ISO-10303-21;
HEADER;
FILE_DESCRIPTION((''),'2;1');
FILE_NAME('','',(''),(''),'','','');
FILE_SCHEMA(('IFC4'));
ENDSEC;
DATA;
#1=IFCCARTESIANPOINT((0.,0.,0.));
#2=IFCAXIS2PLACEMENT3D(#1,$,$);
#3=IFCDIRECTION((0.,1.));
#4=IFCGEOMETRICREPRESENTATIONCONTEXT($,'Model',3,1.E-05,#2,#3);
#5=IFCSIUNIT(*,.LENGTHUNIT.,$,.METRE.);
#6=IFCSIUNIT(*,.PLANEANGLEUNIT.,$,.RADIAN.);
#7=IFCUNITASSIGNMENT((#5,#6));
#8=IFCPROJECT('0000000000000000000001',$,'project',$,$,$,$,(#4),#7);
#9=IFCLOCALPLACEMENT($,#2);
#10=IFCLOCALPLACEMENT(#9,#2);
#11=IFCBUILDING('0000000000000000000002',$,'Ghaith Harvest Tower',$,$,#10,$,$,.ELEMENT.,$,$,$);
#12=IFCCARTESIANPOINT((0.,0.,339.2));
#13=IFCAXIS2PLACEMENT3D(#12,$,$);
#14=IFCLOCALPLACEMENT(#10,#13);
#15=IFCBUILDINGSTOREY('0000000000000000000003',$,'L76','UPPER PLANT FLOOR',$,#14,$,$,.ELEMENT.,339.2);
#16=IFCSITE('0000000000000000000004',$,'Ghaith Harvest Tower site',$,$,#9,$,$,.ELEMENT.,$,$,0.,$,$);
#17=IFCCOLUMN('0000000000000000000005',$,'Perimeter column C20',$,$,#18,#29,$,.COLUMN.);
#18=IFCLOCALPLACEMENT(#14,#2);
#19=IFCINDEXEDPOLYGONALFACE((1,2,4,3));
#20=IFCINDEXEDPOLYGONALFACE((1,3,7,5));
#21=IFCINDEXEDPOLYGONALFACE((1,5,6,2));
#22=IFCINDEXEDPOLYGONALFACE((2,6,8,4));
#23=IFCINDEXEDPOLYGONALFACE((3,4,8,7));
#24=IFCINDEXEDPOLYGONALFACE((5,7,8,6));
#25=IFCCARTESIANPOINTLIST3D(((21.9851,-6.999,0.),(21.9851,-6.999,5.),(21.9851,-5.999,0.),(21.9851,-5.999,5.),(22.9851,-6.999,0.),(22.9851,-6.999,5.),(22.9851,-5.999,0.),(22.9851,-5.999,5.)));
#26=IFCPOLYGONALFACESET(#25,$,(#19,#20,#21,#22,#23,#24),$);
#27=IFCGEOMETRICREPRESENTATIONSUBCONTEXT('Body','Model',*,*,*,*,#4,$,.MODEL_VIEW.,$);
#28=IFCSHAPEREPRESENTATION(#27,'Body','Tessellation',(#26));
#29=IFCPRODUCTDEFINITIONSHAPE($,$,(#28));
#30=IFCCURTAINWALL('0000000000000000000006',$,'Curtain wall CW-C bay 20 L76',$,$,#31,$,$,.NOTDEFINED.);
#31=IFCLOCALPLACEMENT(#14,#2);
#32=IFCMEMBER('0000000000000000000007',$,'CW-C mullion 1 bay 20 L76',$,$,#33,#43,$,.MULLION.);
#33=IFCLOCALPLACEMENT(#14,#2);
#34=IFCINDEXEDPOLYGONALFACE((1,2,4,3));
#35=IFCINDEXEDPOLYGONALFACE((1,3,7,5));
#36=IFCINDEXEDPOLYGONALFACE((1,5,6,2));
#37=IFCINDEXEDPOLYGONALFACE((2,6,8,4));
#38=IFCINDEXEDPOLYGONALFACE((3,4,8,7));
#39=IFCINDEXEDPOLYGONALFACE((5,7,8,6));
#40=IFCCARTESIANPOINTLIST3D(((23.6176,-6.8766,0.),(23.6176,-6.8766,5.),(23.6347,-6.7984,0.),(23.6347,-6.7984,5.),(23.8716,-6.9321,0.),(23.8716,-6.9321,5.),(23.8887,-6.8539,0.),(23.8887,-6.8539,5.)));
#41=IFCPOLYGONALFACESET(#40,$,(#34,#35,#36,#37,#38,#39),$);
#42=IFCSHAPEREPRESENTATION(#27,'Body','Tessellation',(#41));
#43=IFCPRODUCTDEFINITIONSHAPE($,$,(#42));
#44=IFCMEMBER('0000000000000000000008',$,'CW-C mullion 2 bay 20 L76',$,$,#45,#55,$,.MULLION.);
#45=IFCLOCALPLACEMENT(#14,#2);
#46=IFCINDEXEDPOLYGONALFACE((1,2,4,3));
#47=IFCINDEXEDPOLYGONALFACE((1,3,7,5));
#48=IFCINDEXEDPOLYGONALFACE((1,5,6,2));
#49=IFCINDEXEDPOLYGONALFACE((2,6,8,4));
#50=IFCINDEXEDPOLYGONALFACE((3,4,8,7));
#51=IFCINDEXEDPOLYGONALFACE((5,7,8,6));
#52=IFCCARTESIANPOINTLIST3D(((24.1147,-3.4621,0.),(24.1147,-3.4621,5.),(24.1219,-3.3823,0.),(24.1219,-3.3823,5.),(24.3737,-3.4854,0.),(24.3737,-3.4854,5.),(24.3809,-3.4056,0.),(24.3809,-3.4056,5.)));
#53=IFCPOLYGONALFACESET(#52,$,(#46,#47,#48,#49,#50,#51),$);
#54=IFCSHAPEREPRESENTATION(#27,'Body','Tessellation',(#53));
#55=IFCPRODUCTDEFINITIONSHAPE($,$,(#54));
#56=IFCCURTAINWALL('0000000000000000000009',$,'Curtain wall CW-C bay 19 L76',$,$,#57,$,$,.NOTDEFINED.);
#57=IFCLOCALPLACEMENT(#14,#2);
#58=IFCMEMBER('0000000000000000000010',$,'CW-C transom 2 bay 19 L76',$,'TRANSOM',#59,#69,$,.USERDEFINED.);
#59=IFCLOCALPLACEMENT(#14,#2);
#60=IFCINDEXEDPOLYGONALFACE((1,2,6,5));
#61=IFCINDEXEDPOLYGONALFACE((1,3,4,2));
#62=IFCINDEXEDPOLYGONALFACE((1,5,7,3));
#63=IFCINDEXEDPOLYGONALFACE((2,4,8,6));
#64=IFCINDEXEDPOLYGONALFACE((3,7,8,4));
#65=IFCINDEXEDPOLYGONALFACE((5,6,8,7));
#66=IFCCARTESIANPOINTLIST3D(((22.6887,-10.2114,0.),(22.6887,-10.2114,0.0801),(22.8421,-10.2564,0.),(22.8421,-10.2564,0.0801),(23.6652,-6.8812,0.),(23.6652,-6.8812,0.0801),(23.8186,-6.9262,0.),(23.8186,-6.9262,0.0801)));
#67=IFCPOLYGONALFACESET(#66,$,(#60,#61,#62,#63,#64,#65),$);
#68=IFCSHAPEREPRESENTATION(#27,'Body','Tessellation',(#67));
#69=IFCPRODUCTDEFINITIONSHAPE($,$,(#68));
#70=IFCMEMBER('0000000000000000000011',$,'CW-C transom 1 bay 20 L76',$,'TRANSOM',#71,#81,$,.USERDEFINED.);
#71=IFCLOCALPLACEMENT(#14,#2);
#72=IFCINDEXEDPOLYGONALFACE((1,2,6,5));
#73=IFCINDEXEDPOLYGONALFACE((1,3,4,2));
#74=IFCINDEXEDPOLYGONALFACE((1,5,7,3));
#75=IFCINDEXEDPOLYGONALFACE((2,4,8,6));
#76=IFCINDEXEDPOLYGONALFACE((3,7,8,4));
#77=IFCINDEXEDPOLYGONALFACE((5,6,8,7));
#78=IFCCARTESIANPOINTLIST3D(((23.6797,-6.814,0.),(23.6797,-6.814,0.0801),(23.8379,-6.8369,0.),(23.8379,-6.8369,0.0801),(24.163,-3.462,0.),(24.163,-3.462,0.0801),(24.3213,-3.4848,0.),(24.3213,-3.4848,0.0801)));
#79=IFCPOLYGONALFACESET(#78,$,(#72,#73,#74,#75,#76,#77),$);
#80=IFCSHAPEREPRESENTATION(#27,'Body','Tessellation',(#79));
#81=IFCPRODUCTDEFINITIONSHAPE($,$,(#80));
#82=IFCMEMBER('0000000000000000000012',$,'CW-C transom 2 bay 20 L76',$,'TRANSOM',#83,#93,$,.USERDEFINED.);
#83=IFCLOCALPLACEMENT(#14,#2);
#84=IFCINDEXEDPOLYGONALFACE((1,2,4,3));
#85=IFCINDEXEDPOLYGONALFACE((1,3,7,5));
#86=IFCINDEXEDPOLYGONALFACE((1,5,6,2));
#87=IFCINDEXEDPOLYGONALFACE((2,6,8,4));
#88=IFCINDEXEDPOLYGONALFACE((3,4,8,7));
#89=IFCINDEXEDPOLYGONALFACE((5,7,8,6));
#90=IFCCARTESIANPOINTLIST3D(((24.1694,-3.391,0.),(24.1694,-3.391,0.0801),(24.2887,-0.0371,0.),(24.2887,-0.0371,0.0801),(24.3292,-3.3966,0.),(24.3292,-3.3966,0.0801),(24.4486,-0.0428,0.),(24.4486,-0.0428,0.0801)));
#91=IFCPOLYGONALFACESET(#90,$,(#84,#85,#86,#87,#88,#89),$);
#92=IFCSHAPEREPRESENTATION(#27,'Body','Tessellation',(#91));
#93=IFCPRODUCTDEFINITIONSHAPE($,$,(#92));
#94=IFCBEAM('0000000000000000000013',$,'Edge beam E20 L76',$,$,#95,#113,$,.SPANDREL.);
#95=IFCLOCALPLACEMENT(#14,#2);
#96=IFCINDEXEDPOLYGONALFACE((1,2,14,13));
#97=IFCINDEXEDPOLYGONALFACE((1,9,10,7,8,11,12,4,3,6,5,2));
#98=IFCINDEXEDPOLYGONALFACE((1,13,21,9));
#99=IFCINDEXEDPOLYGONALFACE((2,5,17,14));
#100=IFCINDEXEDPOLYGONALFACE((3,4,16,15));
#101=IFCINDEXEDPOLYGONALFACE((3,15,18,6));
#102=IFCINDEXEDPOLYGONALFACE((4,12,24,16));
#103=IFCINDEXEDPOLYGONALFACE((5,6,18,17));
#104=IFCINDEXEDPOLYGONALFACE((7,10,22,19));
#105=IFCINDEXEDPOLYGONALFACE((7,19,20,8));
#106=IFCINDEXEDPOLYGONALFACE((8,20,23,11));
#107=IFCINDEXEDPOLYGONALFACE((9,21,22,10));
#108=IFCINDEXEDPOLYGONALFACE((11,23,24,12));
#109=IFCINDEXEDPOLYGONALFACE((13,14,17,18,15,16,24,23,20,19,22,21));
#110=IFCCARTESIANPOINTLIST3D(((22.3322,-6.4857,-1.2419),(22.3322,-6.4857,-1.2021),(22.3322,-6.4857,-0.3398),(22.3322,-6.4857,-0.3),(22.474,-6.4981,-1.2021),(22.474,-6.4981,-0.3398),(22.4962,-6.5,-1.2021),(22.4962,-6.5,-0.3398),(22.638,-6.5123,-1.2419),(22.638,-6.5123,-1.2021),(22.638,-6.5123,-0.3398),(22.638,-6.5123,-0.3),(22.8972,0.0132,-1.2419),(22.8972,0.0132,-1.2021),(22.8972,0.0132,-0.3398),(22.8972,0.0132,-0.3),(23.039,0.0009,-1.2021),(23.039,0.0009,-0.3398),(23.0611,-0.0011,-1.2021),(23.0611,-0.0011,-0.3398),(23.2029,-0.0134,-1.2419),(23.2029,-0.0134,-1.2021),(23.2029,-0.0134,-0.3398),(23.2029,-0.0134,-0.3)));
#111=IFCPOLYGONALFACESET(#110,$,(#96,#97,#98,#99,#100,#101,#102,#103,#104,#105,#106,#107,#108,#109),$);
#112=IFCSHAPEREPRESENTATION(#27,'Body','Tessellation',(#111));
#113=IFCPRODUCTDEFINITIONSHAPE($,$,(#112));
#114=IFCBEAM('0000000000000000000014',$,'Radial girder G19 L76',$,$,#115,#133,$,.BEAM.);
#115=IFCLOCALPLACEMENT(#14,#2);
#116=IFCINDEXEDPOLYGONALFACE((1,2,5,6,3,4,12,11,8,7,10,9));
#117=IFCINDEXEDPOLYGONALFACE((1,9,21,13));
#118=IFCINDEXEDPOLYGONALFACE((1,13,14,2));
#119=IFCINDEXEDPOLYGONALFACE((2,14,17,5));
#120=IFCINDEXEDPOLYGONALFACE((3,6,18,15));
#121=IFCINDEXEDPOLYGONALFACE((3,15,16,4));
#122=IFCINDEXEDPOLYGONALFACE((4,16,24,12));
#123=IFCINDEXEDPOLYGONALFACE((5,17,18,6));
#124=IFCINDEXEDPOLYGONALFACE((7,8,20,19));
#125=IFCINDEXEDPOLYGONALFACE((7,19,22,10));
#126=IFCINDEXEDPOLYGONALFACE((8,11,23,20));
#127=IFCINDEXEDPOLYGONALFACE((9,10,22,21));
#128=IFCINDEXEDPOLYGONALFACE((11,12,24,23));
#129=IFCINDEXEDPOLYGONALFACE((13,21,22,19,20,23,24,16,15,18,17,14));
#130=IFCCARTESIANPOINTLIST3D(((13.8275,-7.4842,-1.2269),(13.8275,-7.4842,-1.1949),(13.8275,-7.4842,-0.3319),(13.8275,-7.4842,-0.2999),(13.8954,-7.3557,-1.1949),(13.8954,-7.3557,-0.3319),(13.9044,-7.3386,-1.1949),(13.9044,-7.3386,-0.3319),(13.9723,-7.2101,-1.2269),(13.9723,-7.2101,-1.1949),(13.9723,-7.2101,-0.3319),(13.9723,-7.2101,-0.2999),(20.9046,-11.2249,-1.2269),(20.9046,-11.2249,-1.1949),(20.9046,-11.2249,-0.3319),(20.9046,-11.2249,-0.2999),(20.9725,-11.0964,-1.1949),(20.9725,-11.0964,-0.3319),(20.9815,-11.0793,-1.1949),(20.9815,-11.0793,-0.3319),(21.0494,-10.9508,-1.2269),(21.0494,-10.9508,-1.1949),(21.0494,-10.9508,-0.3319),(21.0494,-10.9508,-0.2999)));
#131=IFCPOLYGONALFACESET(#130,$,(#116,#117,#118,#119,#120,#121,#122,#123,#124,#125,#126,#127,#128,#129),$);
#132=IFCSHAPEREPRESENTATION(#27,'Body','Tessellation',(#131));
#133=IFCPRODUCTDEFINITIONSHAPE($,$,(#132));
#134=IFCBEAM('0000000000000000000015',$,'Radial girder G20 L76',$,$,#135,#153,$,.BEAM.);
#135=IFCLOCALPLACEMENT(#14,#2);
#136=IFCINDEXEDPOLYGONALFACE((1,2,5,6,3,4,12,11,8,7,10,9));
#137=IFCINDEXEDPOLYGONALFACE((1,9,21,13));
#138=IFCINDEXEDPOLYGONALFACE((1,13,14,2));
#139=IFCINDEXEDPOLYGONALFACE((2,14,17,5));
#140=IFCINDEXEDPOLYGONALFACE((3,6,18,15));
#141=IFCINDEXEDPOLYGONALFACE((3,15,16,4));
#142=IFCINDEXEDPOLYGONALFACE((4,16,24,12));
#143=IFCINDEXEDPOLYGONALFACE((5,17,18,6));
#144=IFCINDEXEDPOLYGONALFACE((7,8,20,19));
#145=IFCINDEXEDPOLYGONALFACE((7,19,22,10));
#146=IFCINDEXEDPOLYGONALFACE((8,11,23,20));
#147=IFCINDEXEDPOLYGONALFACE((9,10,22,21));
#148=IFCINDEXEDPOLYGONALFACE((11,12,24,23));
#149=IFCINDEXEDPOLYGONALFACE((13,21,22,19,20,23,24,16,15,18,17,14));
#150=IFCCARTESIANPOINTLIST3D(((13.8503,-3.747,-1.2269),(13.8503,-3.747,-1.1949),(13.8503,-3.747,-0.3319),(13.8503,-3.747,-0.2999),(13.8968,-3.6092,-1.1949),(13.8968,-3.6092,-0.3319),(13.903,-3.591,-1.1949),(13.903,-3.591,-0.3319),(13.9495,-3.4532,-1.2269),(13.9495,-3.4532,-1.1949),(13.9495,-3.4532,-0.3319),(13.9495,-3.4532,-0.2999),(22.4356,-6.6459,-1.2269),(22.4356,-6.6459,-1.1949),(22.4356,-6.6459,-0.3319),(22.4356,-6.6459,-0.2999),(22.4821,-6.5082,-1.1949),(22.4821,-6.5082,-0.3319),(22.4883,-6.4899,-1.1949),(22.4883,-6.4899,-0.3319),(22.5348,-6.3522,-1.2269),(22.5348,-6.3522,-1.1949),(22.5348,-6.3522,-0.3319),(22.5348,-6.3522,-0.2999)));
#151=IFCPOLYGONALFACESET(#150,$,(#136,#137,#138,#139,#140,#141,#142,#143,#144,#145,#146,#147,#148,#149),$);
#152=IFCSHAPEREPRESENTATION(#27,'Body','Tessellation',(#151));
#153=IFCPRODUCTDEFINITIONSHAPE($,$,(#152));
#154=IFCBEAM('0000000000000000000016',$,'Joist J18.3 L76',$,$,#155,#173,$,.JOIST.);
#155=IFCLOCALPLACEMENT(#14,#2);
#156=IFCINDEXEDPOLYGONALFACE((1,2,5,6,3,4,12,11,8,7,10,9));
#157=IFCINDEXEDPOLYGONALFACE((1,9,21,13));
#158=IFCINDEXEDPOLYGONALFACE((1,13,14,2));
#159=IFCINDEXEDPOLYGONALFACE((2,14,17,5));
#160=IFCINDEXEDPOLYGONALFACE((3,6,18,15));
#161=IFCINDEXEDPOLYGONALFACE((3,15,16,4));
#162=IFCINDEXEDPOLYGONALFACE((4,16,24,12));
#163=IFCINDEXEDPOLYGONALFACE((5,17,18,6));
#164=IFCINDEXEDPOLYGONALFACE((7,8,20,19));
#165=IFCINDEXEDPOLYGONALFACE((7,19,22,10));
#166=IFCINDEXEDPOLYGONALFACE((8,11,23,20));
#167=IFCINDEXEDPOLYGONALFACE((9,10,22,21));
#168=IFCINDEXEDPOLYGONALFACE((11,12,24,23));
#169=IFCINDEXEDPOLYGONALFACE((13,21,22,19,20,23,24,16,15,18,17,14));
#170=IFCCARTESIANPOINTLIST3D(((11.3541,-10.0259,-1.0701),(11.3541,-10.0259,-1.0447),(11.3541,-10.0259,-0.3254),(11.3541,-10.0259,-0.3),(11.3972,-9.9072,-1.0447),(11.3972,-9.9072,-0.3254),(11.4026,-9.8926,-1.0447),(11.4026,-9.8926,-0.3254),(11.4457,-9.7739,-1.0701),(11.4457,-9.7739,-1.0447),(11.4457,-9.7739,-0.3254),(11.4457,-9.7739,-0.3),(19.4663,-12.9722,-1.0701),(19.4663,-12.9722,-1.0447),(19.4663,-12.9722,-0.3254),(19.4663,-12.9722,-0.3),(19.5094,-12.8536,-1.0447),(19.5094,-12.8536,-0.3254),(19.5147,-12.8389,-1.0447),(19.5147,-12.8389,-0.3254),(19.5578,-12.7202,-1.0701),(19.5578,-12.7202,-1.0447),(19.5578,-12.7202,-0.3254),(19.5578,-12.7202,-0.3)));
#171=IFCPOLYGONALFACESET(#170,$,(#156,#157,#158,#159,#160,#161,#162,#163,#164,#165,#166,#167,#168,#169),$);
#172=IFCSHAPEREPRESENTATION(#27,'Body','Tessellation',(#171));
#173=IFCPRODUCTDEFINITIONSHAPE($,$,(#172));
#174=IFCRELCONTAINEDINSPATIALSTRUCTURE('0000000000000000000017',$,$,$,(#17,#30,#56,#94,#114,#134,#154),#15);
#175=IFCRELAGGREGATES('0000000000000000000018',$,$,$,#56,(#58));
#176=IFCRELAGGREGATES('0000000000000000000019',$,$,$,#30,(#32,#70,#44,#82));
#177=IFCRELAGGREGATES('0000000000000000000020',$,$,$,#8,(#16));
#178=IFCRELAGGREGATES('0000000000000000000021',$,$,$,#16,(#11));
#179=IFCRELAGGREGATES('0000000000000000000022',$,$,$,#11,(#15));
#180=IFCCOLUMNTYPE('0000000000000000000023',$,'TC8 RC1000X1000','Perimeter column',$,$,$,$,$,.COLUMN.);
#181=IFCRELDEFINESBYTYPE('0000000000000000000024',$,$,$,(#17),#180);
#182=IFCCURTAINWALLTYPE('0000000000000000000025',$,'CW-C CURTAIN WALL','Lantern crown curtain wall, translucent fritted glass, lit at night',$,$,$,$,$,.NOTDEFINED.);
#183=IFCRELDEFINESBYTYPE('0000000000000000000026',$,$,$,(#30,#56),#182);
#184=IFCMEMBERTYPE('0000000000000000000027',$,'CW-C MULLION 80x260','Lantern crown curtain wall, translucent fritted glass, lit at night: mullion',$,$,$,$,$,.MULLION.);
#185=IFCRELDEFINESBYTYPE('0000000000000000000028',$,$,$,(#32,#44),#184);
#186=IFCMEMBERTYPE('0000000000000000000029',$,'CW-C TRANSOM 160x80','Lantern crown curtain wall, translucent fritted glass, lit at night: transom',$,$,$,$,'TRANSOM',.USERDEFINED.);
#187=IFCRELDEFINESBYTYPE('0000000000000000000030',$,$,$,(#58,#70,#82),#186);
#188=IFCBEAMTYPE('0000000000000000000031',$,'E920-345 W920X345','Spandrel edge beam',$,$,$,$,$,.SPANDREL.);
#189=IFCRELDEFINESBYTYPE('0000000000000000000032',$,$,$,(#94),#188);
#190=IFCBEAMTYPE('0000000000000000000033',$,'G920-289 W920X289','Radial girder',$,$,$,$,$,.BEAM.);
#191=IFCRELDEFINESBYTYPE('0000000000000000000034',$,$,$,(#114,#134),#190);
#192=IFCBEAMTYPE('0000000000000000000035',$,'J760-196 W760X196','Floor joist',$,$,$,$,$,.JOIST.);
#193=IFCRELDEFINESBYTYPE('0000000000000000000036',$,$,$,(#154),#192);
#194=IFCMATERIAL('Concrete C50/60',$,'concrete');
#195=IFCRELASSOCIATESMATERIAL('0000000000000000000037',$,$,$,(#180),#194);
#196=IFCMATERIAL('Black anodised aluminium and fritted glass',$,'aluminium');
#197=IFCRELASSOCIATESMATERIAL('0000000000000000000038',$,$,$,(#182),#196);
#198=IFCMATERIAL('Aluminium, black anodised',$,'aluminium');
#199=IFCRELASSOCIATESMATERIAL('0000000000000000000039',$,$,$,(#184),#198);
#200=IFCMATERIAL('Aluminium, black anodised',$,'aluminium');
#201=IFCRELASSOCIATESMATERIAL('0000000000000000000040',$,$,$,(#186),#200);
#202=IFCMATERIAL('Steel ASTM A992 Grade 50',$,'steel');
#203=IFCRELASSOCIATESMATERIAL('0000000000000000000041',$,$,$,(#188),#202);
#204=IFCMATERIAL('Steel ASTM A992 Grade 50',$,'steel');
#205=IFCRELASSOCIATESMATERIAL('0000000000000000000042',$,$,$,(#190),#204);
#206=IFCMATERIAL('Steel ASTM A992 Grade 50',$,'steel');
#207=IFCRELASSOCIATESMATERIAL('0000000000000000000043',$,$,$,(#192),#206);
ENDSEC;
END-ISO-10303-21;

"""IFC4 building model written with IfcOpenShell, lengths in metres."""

from ifc_helpers import new_model, si_unit, direction, frame, origin, origin_2d, place, context, subcontext, project, spatial, rectangle, i_section, extrude, material, material_profile, profile_set, type_object, element, aggregate, save


model = new_model("IFC4")

# Units and contexts
model_context = context("Model", 3, precision=1e-05, world=origin(), true_north=direction((0.0, 1.0)))
body_context = subcontext(model_context, "Body", "Model", "MODEL_VIEW")
ifc_project = project(units=[si_unit("LENGTHUNIT", "METRE"), si_unit("PLANEANGLEUNIT", "RADIAN")], contexts=[model_context])

# Site, building, storey
site_placement = place(None, origin())
site = spatial("IfcSite", under=ifc_project, at=site_placement, Name="Ghaith Harvest Tower site", CompositionType="ELEMENT", RefElevation=0.0)
building_placement = place(site_placement, origin())
building = spatial("IfcBuilding", under=site, at=building_placement, Name="Ghaith Harvest Tower", CompositionType="ELEMENT")
storey_placement = place(building_placement, frame((0.0, 0.0, 339.2)))
storey = spatial("IfcBuildingStorey", under=building, at=storey_placement, Name="L76", Description="UPPER PLANT FLOOR", CompositionType="ELEMENT", Elevation=339.2)

# Column
ifc_material_1 = material(Name="Concrete C50/60", Category="concrete")
ifc_material_profile_1 = material_profile(ifc_material_1, rectangle(XDim=1.0, YDim=1.0, at=origin_2d()), Name="RC1000X1000")
ifc_profile_set_1 = profile_set([ifc_material_profile_1], Name="Concrete C50/60")
column_type = type_object("IfcColumnType", Name="TC8 RC1000X1000", Description="Perimeter column", PredefinedType="COLUMN", material=ifc_profile_set_1)
column_placement = place(storey_placement, frame((22.4851, -6.499, 0.0), z_axis=(0.0, 0.0, 1.0), x_axis=(1.0, 0.0, 0.0)))
element("IfcColumn", 1, at=column_placement, inside=storey, type_object=column_type, Name="Perimeter column C20", PredefinedType="COLUMN", context=body_context, shape_type="SweptSolid", body=[
    extrude(rectangle(XDim=1.0, YDim=1.0, at=origin_2d()), origin(), (0.0, 0.0, 1.0), 5.0),
])

# Curtain wall, members
ifc_material_2 = material(Name="Black anodised aluminium and fritted glass", Category="aluminium")
curtain_wall_type = type_object("IfcCurtainWallType", Name="CW-C CURTAIN WALL", Description="Lantern crown curtain wall, translucent fritted glass, lit at night", PredefinedType="NOTDEFINED", material=ifc_material_2)
curtain_wall_1_placement = place(storey_placement, origin())
curtain_wall_1 = element("IfcCurtainWall", 2, at=curtain_wall_1_placement, inside=storey, type_object=curtain_wall_type, Name="Curtain wall CW-C bay 20 L76", PredefinedType="NOTDEFINED")
ifc_material_3 = material(Name="Aluminium, black anodised", Category="aluminium")
ifc_material_profile_2 = material_profile(ifc_material_3, rectangle(XDim=0.0801, YDim=0.26, at=origin_2d()), Name="CW-C MULLION 80x260")
ifc_profile_set_2 = profile_set([ifc_material_profile_2], Name="Aluminium, black anodised")
member_type_1 = type_object("IfcMemberType", Name="CW-C MULLION 80x260", Description="Lantern crown curtain wall, translucent fritted glass, lit at night: mullion", PredefinedType="MULLION", material=ifc_profile_set_2)
member_1_placement = place(storey_placement, frame((23.7532, -6.8652, 0.0), z_axis=(0.0, 0.0, 1.0), x_axis=(0.213402, 0.976964, 0.0)))
member_1 = element("IfcMember", 3, at=member_1_placement, type_object=member_type_1, Name="CW-C mullion 1 bay 20 L76", PredefinedType="MULLION", context=body_context, shape_type="SweptSolid", body=[
    extrude(rectangle(XDim=0.0801, YDim=0.26, at=origin_2d()), origin(), (0.0, 0.0, 1.0), 5.0),
])
member_2_placement = place(storey_placement, frame((24.2478, -3.4338, 0.0), z_axis=(0.0, 0.0, 1.0), x_axis=(0.089502, 0.995987, 0.0)))
member_2 = element("IfcMember", 4, at=member_2_placement, type_object=member_type_1, Name="CW-C mullion 2 bay 20 L76", PredefinedType="MULLION", context=body_context, shape_type="SweptSolid", body=[
    extrude(rectangle(XDim=0.0801, YDim=0.26, at=origin_2d()), origin(), (0.0, 0.0, 1.0), 5.0),
])

# Curtain wall, member
curtain_wall_2_placement = place(storey_placement, origin())
curtain_wall_2 = element("IfcCurtainWall", 5, at=curtain_wall_2_placement, inside=storey, type_object=curtain_wall_type, Name="Curtain wall CW-C bay 19 L76", PredefinedType="NOTDEFINED")
ifc_material_4 = material(Name="Aluminium, black anodised", Category="aluminium")
ifc_material_profile_3 = material_profile(ifc_material_4, rectangle(XDim=0.1599, YDim=0.0801, at=origin_2d()), Name="CW-C TRANSOM 160x80")
ifc_profile_set_3 = profile_set([ifc_material_profile_3], Name="Aluminium, black anodised")
member_type_2 = type_object("IfcMemberType", Name="CW-C TRANSOM 160x80", Description="Lantern crown curtain wall, translucent fritted glass, lit at night: transom", ElementType="TRANSOM", PredefinedType="USERDEFINED", material=ifc_profile_set_3)
member_3_placement = place(storey_placement, frame((22.7654, -10.2339, 0.04), z_axis=(0.281385, 0.959595, 0.0), x_axis=(-0.959595, 0.281385, 0.0)))
member_3 = element("IfcMember", 6, at=member_3_placement, type_object=member_type_2, Name="CW-C transom 2 bay 19 L76", ObjectType="TRANSOM", PredefinedType="USERDEFINED", context=body_context, shape_type="SweptSolid", body=[
    extrude(rectangle(XDim=0.1599, YDim=0.0801, at=origin_2d()), origin(), (0.0, 0.0, 1.0), 3.4705),
])

# Members
member_4_placement = place(storey_placement, frame((23.7588, -6.8254, 0.04), z_axis=(0.142733, 0.989761, 0.0), x_axis=(-0.989761, 0.142733, 0.0)))
member_4 = element("IfcMember", 7, at=member_4_placement, type_object=member_type_2, Name="CW-C transom 1 bay 20 L76", ObjectType="TRANSOM", PredefinedType="USERDEFINED", context=body_context, shape_type="SweptSolid", body=[
    extrude(rectangle(XDim=0.1599, YDim=0.0801, at=origin_2d()), origin(), (0.0, 0.0, 1.0), 3.3867),
])
member_5_placement = place(storey_placement, frame((24.2493, -3.3938, 0.04), z_axis=(0.035575, 0.999367, 0.0), x_axis=(-0.999367, 0.035575, 0.0)))
member_5 = element("IfcMember", 8, at=member_5_placement, type_object=member_type_2, Name="CW-C transom 2 bay 20 L76", ObjectType="TRANSOM", PredefinedType="USERDEFINED", context=body_context, shape_type="SweptSolid", body=[
    extrude(rectangle(XDim=0.1599, YDim=0.0801, at=origin_2d()), origin(), (0.0, 0.0, 1.0), 3.356),
])

# Beams
ifc_material_5 = material(Name="Steel ASTM A992 Grade 50", Category="steel")
ifc_material_profile_4 = material_profile(ifc_material_5, i_section(OverallWidth=0.3069, OverallDepth=0.9419, WebThickness=0.0222, FlangeThickness=0.0398, at=origin_2d()), Name="W920X345")
ifc_profile_set_4 = profile_set([ifc_material_profile_4], Name="Steel ASTM A992 Grade 50")
beam_type_1 = type_object("IfcBeamType", Name="E920-345 W920X345", Description="Spandrel edge beam", PredefinedType="SPANDREL", material=ifc_profile_set_4)
beam_1_placement = place(storey_placement, frame((22.4851, -6.499, -0.771), z_axis=(0.086601, 0.996243, 0.0), x_axis=(-0.996243, 0.086601, 0.0)))
element("IfcBeam", 9, at=beam_1_placement, inside=storey, type_object=beam_type_1, Name="Edge beam E20 L76", PredefinedType="SPANDREL", context=body_context, shape_type="SweptSolid", body=[
    extrude(i_section(OverallWidth=0.3069, OverallDepth=0.9419, WebThickness=0.0222, FlangeThickness=0.0398, at=origin_2d()), origin(), (0.0, 0.0, 1.0), 6.5234),
])
ifc_material_6 = material(Name="Steel ASTM A992 Grade 50", Category="steel")
ifc_material_profile_5 = material_profile(ifc_material_6, i_section(OverallWidth=0.3101, OverallDepth=0.927, WebThickness=0.0193, FlangeThickness=0.032, at=origin_2d()), Name="W920X289")
ifc_profile_set_5 = profile_set([ifc_material_profile_5], Name="Steel ASTM A992 Grade 50")
beam_type_2 = type_object("IfcBeamType", Name="G920-289 W920X289", Description="Radial girder", PredefinedType="BEAM", material=ifc_profile_set_5)
beam_2_placement = place(storey_placement, frame((13.8999, -7.3472, -0.7634), z_axis=(0.884098, -0.467302, 0.0), x_axis=(0.467302, 0.884098, 0.0)))
element("IfcBeam", 10, at=beam_2_placement, inside=storey, type_object=beam_type_2, Name="Radial girder G19 L76", PredefinedType="BEAM", context=body_context, shape_type="SweptSolid", body=[
    extrude(i_section(OverallWidth=0.3101, OverallDepth=0.927, WebThickness=0.0193, FlangeThickness=0.032, at=origin_2d()), origin(), (0.0, 0.0, 1.0), 8.0049),
])
beam_3_placement = place(storey_placement, frame((13.8999, -3.6001, -0.7634), z_axis=(0.947445, -0.319919, 0.0), x_axis=(0.319919, 0.947445, 0.0)))
element("IfcBeam", 11, at=beam_3_placement, inside=storey, type_object=beam_type_2, Name="Radial girder G20 L76", PredefinedType="BEAM", context=body_context, shape_type="SweptSolid", body=[
    extrude(i_section(OverallWidth=0.3101, OverallDepth=0.927, WebThickness=0.0193, FlangeThickness=0.032, at=origin_2d()), origin(), (0.0, 0.0, 1.0), 9.0615),
])
ifc_material_7 = material(Name="Steel ASTM A992 Grade 50", Category="steel")
ifc_material_profile_6 = material_profile(ifc_material_7, i_section(OverallWidth=0.2681, OverallDepth=0.77, WebThickness=0.0156, FlangeThickness=0.0254, at=origin_2d()), Name="W760X196")
ifc_profile_set_6 = profile_set([ifc_material_profile_6], Name="Steel ASTM A992 Grade 50")
beam_type_3 = type_object("IfcBeamType", Name="J760-196 W760X196", Description="Floor joist", PredefinedType="JOIST", material=ifc_profile_set_6)
beam_4_placement = place(storey_placement, frame((11.3999, -9.8999, -0.6851), z_axis=(0.939926, -0.34138, 0.0), x_axis=(0.34138, 0.939926, 0.0)))
element("IfcBeam", 12, at=beam_4_placement, inside=storey, type_object=beam_type_3, Name="Joist J18.3 L76", PredefinedType="JOIST", context=body_context, shape_type="SweptSolid", body=[
    extrude(i_section(OverallWidth=0.2681, OverallDepth=0.77, WebThickness=0.0156, FlangeThickness=0.0254, at=origin_2d()), origin(), (0.0, 0.0, 1.0), 8.6306),
])

aggregate(curtain_wall_2, [member_3])
aggregate(curtain_wall_1, [member_1, member_4, member_2, member_5])

save(model, "model.ifc")
